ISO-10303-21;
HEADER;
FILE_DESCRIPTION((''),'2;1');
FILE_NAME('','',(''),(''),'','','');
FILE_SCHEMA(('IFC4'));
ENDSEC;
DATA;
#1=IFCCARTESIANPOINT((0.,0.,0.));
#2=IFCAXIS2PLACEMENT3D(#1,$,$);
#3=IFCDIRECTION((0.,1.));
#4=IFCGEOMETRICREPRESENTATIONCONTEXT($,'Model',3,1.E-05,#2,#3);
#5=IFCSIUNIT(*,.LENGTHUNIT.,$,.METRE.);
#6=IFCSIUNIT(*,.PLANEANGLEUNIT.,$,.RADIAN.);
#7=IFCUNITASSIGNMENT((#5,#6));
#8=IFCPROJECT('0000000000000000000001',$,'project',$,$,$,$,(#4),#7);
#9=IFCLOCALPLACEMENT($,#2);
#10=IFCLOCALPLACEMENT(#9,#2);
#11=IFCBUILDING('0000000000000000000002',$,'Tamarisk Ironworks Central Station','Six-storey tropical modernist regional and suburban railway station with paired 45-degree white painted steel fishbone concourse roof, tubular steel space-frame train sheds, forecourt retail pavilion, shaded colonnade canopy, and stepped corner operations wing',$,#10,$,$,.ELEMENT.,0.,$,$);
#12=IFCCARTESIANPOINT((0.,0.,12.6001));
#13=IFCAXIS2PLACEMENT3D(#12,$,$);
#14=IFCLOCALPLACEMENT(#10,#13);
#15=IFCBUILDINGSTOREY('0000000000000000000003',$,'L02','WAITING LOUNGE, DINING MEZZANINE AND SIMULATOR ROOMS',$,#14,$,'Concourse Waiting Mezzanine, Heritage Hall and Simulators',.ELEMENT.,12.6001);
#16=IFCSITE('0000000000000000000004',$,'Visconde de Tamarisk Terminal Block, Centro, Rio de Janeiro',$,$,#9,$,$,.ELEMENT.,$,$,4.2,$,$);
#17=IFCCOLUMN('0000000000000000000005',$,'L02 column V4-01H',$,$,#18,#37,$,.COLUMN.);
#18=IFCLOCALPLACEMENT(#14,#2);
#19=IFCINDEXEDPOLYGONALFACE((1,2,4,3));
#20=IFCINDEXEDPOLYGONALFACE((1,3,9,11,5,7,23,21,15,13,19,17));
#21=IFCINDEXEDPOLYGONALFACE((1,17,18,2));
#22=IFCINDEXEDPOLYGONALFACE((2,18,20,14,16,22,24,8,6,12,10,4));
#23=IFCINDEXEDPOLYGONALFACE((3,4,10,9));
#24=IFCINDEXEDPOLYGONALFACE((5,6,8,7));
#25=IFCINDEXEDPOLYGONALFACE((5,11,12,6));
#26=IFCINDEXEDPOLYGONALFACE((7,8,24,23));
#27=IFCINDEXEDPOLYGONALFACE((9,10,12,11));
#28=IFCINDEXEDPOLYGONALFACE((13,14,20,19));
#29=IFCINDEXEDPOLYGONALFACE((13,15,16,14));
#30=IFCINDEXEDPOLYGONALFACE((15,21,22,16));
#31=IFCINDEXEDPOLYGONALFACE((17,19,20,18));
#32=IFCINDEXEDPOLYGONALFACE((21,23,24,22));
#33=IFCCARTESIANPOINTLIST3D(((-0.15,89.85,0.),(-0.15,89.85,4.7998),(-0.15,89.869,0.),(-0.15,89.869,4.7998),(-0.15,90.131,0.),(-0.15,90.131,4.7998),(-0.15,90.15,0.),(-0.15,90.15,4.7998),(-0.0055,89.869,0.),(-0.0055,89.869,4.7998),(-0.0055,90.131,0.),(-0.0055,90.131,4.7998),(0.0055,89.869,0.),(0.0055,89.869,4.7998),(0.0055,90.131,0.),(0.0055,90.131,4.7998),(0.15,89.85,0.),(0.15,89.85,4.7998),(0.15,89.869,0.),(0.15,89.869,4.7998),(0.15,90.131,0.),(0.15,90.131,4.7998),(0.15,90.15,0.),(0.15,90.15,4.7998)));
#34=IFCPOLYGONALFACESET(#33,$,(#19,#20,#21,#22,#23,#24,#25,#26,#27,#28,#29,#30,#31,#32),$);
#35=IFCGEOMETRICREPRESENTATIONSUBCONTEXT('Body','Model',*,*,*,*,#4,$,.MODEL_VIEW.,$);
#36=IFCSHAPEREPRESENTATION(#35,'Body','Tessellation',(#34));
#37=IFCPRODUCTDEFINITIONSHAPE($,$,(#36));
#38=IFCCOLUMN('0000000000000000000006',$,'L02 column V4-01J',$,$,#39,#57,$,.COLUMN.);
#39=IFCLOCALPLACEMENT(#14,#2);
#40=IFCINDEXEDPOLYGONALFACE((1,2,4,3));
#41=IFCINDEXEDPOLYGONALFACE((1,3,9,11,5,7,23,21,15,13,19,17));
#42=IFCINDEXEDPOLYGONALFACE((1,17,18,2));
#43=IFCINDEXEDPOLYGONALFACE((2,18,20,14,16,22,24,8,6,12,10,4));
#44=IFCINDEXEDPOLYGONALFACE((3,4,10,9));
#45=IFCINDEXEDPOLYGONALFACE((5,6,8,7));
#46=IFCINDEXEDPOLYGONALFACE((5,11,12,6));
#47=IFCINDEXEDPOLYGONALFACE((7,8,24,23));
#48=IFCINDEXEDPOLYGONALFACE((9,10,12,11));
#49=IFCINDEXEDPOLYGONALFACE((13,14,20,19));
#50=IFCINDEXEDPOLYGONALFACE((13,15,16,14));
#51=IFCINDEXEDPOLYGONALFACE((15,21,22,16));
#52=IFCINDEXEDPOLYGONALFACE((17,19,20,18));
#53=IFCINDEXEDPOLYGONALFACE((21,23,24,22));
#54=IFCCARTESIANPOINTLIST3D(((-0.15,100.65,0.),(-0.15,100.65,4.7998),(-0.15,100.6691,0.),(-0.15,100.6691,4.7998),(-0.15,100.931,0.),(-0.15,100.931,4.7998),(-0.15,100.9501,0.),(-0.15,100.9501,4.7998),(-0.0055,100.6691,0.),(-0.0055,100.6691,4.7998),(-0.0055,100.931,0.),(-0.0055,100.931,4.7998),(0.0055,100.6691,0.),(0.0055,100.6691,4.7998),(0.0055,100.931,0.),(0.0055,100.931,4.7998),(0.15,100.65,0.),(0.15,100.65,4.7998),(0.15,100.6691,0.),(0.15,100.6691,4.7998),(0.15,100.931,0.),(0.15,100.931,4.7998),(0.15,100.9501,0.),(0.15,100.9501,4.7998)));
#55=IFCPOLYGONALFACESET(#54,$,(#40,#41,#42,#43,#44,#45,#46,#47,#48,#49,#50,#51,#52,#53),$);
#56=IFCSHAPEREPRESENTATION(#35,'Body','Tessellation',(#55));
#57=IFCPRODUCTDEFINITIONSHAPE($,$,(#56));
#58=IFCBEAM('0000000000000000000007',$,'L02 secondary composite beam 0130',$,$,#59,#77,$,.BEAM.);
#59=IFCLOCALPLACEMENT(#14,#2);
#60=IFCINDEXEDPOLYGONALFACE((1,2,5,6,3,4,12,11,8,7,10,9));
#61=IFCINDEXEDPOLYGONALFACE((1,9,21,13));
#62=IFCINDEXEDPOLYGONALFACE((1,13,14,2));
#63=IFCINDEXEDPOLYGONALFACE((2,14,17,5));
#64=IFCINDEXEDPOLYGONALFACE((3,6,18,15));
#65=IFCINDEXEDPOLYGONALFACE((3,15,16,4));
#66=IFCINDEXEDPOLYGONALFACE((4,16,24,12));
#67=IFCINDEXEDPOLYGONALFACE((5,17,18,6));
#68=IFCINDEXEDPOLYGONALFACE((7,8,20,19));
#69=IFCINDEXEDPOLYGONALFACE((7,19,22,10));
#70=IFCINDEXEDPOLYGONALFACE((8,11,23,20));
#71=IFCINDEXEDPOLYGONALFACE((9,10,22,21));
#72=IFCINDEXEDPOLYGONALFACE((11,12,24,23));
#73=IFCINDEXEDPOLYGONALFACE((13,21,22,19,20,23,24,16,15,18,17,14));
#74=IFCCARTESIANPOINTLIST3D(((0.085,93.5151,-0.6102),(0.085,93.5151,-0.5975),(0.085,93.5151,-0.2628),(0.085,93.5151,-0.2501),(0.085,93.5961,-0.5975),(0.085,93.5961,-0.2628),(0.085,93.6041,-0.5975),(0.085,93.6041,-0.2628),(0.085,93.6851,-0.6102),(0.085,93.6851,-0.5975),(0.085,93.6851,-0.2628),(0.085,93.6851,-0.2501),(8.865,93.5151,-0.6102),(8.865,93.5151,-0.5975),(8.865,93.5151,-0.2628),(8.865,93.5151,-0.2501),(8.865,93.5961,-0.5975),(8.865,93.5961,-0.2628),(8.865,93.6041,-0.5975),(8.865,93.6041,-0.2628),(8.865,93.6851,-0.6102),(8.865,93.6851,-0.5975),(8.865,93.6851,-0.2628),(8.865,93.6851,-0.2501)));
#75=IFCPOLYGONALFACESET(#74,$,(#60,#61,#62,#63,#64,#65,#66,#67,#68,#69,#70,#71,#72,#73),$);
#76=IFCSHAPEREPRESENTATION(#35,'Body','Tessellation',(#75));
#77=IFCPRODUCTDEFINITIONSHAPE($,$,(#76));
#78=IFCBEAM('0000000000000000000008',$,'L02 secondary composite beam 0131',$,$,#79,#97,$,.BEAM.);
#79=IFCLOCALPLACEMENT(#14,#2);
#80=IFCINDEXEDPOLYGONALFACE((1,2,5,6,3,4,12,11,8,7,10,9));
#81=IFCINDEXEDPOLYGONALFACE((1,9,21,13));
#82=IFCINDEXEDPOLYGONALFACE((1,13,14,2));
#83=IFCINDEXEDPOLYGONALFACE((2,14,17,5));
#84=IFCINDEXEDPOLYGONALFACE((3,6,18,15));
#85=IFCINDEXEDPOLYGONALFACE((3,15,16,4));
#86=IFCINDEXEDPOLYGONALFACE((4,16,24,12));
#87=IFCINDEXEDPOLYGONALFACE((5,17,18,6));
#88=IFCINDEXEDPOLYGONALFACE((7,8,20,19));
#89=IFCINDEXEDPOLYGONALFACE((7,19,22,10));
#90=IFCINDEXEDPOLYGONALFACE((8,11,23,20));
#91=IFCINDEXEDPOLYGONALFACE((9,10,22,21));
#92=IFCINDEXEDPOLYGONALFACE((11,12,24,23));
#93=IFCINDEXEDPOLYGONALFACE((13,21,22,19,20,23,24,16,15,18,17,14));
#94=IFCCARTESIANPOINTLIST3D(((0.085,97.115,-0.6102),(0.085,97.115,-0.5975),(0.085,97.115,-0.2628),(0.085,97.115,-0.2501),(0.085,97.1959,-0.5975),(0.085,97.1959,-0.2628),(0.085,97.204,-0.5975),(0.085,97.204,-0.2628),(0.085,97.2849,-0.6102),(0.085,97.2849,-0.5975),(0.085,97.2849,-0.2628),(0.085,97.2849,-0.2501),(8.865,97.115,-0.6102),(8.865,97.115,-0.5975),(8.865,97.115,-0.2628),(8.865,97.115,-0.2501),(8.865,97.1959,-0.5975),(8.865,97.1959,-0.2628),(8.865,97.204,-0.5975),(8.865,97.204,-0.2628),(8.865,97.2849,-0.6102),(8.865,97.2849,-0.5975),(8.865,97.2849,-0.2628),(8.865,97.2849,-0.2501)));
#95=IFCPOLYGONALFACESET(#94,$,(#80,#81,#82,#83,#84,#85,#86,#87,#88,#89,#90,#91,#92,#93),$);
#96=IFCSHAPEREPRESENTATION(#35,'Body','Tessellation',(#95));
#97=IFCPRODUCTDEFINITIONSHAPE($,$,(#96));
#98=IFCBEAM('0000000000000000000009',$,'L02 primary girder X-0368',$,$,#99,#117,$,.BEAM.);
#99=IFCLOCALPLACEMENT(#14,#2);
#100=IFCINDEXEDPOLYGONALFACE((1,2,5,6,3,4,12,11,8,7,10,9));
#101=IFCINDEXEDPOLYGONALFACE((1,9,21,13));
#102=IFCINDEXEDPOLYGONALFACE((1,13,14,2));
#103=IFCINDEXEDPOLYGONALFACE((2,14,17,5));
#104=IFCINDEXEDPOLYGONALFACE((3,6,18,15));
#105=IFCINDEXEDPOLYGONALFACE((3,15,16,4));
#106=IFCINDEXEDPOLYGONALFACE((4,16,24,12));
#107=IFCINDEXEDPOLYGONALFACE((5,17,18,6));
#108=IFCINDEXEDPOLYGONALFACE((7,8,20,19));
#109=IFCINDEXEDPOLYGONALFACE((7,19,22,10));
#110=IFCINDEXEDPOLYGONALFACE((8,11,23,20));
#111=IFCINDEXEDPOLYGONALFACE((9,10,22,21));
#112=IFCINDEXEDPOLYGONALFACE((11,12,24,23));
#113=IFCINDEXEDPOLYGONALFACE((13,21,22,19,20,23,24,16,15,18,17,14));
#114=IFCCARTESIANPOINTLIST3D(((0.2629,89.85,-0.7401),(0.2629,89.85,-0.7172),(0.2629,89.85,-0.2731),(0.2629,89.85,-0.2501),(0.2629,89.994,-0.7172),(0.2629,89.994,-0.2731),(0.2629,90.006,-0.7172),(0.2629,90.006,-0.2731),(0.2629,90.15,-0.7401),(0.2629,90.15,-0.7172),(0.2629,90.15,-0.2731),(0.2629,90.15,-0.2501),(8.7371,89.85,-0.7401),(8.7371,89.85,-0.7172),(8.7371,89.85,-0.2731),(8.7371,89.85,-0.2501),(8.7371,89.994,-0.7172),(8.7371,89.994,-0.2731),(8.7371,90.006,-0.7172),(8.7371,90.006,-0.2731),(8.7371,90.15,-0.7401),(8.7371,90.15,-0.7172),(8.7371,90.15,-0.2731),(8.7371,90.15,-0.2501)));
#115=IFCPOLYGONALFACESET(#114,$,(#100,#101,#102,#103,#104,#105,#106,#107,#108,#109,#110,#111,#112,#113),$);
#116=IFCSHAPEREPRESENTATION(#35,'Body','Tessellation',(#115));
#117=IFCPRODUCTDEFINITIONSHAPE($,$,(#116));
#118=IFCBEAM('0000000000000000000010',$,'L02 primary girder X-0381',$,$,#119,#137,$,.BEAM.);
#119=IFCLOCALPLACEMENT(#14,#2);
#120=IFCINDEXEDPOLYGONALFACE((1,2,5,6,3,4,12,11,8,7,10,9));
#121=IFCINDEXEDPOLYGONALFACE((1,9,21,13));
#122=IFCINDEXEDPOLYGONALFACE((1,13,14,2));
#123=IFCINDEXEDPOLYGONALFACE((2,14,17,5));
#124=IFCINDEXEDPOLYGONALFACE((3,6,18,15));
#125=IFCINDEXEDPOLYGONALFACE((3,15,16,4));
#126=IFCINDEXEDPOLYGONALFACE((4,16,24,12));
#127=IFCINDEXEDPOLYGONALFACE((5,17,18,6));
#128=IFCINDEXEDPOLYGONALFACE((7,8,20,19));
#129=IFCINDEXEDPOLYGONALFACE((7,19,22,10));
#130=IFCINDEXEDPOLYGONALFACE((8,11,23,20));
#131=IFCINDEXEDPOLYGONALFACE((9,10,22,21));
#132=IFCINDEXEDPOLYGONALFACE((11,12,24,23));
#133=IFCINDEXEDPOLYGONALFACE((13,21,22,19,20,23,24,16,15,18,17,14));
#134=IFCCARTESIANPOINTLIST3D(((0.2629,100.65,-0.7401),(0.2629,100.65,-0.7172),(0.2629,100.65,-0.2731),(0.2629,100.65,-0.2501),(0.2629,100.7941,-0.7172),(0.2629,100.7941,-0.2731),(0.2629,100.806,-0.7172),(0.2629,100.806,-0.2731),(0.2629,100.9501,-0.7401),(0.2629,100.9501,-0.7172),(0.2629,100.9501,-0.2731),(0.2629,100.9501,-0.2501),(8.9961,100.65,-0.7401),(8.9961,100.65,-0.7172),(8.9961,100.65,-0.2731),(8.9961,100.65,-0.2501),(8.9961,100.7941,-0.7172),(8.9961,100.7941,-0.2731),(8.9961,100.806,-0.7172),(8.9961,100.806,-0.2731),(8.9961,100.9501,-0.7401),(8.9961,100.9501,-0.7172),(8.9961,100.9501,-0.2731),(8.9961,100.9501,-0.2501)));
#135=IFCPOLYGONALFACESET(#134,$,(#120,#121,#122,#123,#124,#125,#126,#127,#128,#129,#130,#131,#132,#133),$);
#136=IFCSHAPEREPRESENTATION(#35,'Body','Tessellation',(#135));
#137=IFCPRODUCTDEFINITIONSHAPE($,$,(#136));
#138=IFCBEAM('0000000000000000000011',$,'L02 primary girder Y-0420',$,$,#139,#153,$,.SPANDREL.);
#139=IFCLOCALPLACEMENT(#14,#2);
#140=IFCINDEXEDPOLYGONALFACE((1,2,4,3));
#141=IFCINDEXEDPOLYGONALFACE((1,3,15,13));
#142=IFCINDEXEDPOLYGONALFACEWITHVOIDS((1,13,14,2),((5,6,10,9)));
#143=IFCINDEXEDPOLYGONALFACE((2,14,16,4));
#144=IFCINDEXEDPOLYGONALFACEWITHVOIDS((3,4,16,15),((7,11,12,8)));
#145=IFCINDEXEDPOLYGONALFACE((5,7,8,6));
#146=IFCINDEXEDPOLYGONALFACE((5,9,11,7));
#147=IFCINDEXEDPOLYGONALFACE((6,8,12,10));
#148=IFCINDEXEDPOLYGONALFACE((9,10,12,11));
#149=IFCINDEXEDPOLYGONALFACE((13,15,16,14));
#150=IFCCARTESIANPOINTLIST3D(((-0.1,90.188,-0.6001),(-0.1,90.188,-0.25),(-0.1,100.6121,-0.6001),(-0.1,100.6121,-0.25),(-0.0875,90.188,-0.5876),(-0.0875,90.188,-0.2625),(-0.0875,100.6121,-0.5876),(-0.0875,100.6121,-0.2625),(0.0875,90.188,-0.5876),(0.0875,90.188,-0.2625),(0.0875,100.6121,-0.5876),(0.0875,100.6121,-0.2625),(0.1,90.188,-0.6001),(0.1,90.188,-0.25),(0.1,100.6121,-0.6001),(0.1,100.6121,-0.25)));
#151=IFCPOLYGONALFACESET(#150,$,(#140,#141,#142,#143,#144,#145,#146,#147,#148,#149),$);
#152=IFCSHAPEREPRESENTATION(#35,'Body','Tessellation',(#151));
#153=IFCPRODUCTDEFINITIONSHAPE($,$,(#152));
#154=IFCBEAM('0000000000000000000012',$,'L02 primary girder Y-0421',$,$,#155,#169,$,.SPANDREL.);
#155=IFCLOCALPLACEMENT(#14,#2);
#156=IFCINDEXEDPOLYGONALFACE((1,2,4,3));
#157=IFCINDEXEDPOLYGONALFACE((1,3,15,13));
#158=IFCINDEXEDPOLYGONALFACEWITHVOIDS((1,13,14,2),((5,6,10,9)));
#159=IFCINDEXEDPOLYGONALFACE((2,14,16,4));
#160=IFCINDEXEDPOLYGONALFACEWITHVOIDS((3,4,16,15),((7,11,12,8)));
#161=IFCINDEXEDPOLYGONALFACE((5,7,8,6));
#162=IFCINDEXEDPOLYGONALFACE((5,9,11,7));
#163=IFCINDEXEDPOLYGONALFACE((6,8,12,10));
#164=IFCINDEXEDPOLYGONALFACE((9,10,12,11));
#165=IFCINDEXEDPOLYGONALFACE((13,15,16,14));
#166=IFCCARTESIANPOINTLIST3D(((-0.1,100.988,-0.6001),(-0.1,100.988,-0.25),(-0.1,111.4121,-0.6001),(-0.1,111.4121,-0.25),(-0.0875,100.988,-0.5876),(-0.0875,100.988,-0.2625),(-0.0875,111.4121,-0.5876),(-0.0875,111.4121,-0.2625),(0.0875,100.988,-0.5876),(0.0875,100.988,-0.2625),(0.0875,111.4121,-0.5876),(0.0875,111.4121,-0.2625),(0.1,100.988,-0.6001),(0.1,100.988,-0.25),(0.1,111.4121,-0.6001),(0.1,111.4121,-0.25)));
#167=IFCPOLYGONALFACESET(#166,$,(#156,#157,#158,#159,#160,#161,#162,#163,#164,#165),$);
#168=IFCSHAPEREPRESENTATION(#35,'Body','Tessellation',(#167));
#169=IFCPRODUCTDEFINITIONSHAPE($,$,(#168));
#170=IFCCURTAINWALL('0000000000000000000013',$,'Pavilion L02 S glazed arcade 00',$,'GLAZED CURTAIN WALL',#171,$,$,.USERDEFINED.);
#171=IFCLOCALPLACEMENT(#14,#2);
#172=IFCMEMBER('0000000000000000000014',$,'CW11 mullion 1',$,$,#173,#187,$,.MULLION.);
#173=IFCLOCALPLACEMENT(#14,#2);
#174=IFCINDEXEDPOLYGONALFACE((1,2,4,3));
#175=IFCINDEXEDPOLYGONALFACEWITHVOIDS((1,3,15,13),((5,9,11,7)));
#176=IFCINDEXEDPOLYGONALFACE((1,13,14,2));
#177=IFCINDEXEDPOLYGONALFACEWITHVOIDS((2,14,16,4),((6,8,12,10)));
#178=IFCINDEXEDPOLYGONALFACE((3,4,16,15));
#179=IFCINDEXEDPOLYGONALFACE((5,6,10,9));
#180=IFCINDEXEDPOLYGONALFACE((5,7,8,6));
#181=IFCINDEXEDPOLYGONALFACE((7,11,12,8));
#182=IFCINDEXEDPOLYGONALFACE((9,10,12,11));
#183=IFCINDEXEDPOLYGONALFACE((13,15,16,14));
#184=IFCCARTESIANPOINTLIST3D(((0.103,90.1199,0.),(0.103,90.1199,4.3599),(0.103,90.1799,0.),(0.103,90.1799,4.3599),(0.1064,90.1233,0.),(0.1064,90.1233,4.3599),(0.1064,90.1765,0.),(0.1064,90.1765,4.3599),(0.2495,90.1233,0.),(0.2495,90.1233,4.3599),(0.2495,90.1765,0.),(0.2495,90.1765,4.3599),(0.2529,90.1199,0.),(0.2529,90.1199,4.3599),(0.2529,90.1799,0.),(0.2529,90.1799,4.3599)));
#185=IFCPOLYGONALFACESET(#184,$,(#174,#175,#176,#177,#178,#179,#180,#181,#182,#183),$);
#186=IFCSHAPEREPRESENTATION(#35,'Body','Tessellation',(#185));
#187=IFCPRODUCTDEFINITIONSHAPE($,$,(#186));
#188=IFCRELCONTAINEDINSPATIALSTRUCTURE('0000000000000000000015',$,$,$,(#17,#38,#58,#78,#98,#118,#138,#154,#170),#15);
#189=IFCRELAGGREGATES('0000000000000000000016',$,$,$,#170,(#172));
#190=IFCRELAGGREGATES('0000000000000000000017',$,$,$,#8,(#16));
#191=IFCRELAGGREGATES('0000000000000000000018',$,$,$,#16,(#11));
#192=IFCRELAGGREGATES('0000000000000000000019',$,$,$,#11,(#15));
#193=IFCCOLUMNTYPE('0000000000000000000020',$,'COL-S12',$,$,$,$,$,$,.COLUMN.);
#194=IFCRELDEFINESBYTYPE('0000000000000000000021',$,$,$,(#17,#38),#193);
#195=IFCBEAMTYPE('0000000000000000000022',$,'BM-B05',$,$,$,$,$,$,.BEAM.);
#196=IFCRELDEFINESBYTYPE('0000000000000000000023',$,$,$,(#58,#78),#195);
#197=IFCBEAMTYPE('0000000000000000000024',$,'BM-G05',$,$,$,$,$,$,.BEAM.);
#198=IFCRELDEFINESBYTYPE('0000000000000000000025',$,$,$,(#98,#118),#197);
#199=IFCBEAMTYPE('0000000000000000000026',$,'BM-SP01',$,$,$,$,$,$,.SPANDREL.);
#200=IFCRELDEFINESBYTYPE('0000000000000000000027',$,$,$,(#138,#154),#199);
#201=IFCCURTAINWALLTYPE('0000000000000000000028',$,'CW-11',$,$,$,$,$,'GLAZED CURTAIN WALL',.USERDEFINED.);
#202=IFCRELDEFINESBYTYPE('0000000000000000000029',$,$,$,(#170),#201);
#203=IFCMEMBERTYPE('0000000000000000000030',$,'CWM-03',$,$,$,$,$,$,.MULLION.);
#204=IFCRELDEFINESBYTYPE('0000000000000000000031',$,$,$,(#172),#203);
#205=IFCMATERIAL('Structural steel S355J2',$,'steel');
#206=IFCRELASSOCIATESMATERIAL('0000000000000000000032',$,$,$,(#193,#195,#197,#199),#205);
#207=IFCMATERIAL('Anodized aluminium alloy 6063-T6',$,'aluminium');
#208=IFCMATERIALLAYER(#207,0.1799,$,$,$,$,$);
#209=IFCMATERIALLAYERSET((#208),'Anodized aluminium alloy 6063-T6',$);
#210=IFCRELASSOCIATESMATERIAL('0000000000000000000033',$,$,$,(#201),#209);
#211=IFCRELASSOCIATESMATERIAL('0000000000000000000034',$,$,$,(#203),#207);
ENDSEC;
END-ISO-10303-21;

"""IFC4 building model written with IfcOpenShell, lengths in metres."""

from ifc_helpers import new_model, si_unit, direction, frame, origin, origin_2d, place, context, subcontext, project, spatial, hollow_rectangle, i_section, extrude, material, layer, layer_set, material_profile, profile_set, type_object, element, aggregate, save


model = new_model("IFC4")

# Units and contexts
model_context = context("Model", 3, precision=1e-05, world=origin(), true_north=direction((0.0, 1.0)))
body_context = subcontext(model_context, "Body", "Model", "MODEL_VIEW")
ifc_project = project(units=[si_unit("LENGTHUNIT", "METRE"), si_unit("PLANEANGLEUNIT", "RADIAN")], contexts=[model_context])

# Site, building, storey
site_placement = place(None, origin())
site = spatial("IfcSite", under=ifc_project, at=site_placement, Name="Visconde de Tamarisk Terminal Block, Centro, Rio de Janeiro", CompositionType="ELEMENT", RefElevation=4.2)
building_placement = place(site_placement, origin())
building = spatial("IfcBuilding", under=site, at=building_placement, Name="Tamarisk Ironworks Central Station", Description="Six-storey tropical modernist regional and suburban railway station with paired 45-degree white painted steel fishbone concourse roof, tubular steel space-frame train sheds, forecourt retail pavilion, shaded colonnade canopy, and stepped corner operations wing", CompositionType="ELEMENT", ElevationOfRefHeight=0.0)
storey_placement = place(building_placement, frame((0.0, 0.0, 12.6001)))
storey = spatial("IfcBuildingStorey", under=building, at=storey_placement, Name="L02", Description="WAITING LOUNGE, DINING MEZZANINE AND SIMULATOR ROOMS", LongName="Concourse Waiting Mezzanine, Heritage Hall and Simulators", CompositionType="ELEMENT", Elevation=12.6001)

# Columns
ifc_material_1 = material(Name="Structural steel S355J2", Category="steel")
ifc_material_profile_1 = material_profile(ifc_material_1, i_section(OverallWidth=0.3, OverallDepth=0.3, WebThickness=0.011, FlangeThickness=0.019, at=origin_2d()), Name="HEB 300")
ifc_profile_set_1 = profile_set([ifc_material_profile_1], Name="Structural steel S355J2")
column_type = type_object("IfcColumnType", Name="COL-S12", PredefinedType="COLUMN", material=ifc_profile_set_1)
for number, where, z_axis, x_axis, name in (
    (1, (0.0, 90.0, 0.0), (0.0, 0.0, 1.0), (1.0, 0.0, 0.0), "L02 column V4-01H"),
    (2, (0.0, 100.8, 0.0), (0.0, 0.0, 1.0), (1.0, 0.0, 0.0), "L02 column V4-01J"),
):
    element("IfcColumn", number, at=place(storey_placement, frame(where, z_axis=z_axis, x_axis=x_axis)), inside=storey, type_object=column_type, Name=name, PredefinedType="COLUMN", context=body_context, shape_type="SweptSolid", body=[
        extrude(i_section(OverallWidth=0.3, OverallDepth=0.3, WebThickness=0.011, FlangeThickness=0.019, at=origin_2d()), origin(), (0.0, 0.0, 1.0), 4.7998),
    ])

# Beams
ifc_material_profile_2 = material_profile(ifc_material_1, i_section(OverallWidth=0.1699, OverallDepth=0.3601, WebThickness=0.0081, FlangeThickness=0.0127, at=origin_2d()), Name="IPE 360")
ifc_profile_set_2 = profile_set([ifc_material_profile_2], Name="Structural steel S355J2")
beam_type_1 = type_object("IfcBeamType", Name="BM-B05", PredefinedType="BEAM", material=ifc_profile_set_2)
for number, where, z_axis, x_axis, name in (
    (3, (0.085, 93.6001, -0.4302), (1.0, 0.0, 0.0), (0.0, 1.0, 0.0), "L02 secondary composite beam 0130"),
    (4, (0.085, 97.2, -0.4302), (1.0, 0.0, 0.0), (0.0, 1.0, 0.0), "L02 secondary composite beam 0131"),
):
    element("IfcBeam", number, at=place(storey_placement, frame(where, z_axis=z_axis, x_axis=x_axis)), inside=storey, type_object=beam_type_1, Name=name, PredefinedType="BEAM", context=body_context, shape_type="SweptSolid", body=[
        extrude(i_section(OverallWidth=0.1699, OverallDepth=0.3601, WebThickness=0.0081, FlangeThickness=0.0127, at=origin_2d()), origin(), (0.0, 0.0, 1.0), 8.78),
    ])
ifc_material_profile_3 = material_profile(ifc_material_1, i_section(OverallWidth=0.3, OverallDepth=0.49, WebThickness=0.012, FlangeThickness=0.0229, at=origin_2d()), Name="HEA 500")
ifc_profile_set_3 = profile_set([ifc_material_profile_3], Name="Structural steel S355J2")
beam_type_2 = type_object("IfcBeamType", Name="BM-G05", PredefinedType="BEAM", material=ifc_profile_set_3)
beam_1_placement = place(storey_placement, frame((0.2629, 90.0, -0.4951), z_axis=(1.0, 0.0, 0.0), x_axis=(0.0, 1.0, 0.0)))
element("IfcBeam", 5, at=beam_1_placement, inside=storey, type_object=beam_type_2, Name="L02 primary girder X-0368", PredefinedType="BEAM", context=body_context, shape_type="SweptSolid", body=[
    extrude(i_section(OverallWidth=0.3, OverallDepth=0.49, WebThickness=0.012, FlangeThickness=0.0229, at=origin_2d()), origin(), (0.0, 0.0, 1.0), 8.4741),
])
beam_2_placement = place(storey_placement, frame((0.2629, 100.8, -0.4951), z_axis=(1.0, 0.0, 0.0), x_axis=(0.0, 1.0, 0.0)))
element("IfcBeam", 6, at=beam_2_placement, inside=storey, type_object=beam_type_2, Name="L02 primary girder X-0381", PredefinedType="BEAM", context=body_context, shape_type="SweptSolid", body=[
    extrude(i_section(OverallWidth=0.3, OverallDepth=0.49, WebThickness=0.012, FlangeThickness=0.0229, at=origin_2d()), origin(), (0.0, 0.0, 1.0), 8.7332),
])
ifc_material_profile_4 = material_profile(ifc_material_1, hollow_rectangle(XDim=0.2, YDim=0.3501, WallThickness=0.0125, at=origin_2d()), Name="RHS 350x200x12.5")
ifc_profile_set_4 = profile_set([ifc_material_profile_4], Name="Structural steel S355J2")
beam_type_3 = type_object("IfcBeamType", Name="BM-SP01", PredefinedType="SPANDREL", material=ifc_profile_set_4)
for number, where, z_axis, x_axis, name in (
    (7, (0.0, 90.188, -0.425), (0.0, 1.0, 0.0), (-1.0, 0.0, 0.0), "L02 primary girder Y-0420"),
    (8, (0.0, 100.988, -0.425), (0.0, 1.0, 0.0), (-1.0, 0.0, 0.0), "L02 primary girder Y-0421"),
):
    element("IfcBeam", number, at=place(storey_placement, frame(where, z_axis=z_axis, x_axis=x_axis)), inside=storey, type_object=beam_type_3, Name=name, PredefinedType="SPANDREL", context=body_context, shape_type="SweptSolid", body=[
        extrude(hollow_rectangle(XDim=0.2, YDim=0.3501, WallThickness=0.0125, at=origin_2d()), origin(), (0.0, 0.0, 1.0), 10.4241),
    ])

# Curtain wall, member
ifc_material_2 = material(Name="Anodized aluminium alloy 6063-T6", Category="aluminium")
ifc_layer_1 = layer(ifc_material_2, 0.1799)
ifc_layer_set_1 = layer_set([ifc_layer_1], Name="Anodized aluminium alloy 6063-T6")
curtain_wall_type = type_object("IfcCurtainWallType", Name="CW-11", ElementType="GLAZED CURTAIN WALL", PredefinedType="USERDEFINED", material=ifc_layer_set_1)
curtain_wall_placement = place(storey_placement, origin())
curtain_wall = element("IfcCurtainWall", 9, at=curtain_wall_placement, inside=storey, type_object=curtain_wall_type, Name="Pavilion L02 S glazed arcade 00", ObjectType="GLAZED CURTAIN WALL", PredefinedType="USERDEFINED")
ifc_material_profile_5 = material_profile(ifc_material_2, hollow_rectangle(XDim=0.0601, YDim=0.1499, WallThickness=0.0034, at=origin_2d()), Name="ALUM 150x60")
ifc_profile_set_5 = profile_set([ifc_material_profile_5], Name="Anodized aluminium alloy 6063-T6")
member_type_1 = type_object("IfcMemberType", Name="CWM-03", PredefinedType="MULLION", material=ifc_profile_set_5)
member_1_placement = place(storey_placement, frame((0.178, 90.1499, 0.0), z_axis=(0.0, 0.0, 1.0), x_axis=(0.0, 1.0, 0.0)))
member_1 = element("IfcMember", 10, at=member_1_placement, type_object=member_type_1, Name="CW11 mullion 1", PredefinedType="MULLION", context=body_context, shape_type="SweptSolid", body=[
    extrude(hollow_rectangle(XDim=0.0601, YDim=0.1499, WallThickness=0.0034, at=origin_2d()), origin(), (0.0, 0.0, 1.0), 4.3599),
])
aggregate(curtain_wall, [member_1])

save(model, "model.ifc")
